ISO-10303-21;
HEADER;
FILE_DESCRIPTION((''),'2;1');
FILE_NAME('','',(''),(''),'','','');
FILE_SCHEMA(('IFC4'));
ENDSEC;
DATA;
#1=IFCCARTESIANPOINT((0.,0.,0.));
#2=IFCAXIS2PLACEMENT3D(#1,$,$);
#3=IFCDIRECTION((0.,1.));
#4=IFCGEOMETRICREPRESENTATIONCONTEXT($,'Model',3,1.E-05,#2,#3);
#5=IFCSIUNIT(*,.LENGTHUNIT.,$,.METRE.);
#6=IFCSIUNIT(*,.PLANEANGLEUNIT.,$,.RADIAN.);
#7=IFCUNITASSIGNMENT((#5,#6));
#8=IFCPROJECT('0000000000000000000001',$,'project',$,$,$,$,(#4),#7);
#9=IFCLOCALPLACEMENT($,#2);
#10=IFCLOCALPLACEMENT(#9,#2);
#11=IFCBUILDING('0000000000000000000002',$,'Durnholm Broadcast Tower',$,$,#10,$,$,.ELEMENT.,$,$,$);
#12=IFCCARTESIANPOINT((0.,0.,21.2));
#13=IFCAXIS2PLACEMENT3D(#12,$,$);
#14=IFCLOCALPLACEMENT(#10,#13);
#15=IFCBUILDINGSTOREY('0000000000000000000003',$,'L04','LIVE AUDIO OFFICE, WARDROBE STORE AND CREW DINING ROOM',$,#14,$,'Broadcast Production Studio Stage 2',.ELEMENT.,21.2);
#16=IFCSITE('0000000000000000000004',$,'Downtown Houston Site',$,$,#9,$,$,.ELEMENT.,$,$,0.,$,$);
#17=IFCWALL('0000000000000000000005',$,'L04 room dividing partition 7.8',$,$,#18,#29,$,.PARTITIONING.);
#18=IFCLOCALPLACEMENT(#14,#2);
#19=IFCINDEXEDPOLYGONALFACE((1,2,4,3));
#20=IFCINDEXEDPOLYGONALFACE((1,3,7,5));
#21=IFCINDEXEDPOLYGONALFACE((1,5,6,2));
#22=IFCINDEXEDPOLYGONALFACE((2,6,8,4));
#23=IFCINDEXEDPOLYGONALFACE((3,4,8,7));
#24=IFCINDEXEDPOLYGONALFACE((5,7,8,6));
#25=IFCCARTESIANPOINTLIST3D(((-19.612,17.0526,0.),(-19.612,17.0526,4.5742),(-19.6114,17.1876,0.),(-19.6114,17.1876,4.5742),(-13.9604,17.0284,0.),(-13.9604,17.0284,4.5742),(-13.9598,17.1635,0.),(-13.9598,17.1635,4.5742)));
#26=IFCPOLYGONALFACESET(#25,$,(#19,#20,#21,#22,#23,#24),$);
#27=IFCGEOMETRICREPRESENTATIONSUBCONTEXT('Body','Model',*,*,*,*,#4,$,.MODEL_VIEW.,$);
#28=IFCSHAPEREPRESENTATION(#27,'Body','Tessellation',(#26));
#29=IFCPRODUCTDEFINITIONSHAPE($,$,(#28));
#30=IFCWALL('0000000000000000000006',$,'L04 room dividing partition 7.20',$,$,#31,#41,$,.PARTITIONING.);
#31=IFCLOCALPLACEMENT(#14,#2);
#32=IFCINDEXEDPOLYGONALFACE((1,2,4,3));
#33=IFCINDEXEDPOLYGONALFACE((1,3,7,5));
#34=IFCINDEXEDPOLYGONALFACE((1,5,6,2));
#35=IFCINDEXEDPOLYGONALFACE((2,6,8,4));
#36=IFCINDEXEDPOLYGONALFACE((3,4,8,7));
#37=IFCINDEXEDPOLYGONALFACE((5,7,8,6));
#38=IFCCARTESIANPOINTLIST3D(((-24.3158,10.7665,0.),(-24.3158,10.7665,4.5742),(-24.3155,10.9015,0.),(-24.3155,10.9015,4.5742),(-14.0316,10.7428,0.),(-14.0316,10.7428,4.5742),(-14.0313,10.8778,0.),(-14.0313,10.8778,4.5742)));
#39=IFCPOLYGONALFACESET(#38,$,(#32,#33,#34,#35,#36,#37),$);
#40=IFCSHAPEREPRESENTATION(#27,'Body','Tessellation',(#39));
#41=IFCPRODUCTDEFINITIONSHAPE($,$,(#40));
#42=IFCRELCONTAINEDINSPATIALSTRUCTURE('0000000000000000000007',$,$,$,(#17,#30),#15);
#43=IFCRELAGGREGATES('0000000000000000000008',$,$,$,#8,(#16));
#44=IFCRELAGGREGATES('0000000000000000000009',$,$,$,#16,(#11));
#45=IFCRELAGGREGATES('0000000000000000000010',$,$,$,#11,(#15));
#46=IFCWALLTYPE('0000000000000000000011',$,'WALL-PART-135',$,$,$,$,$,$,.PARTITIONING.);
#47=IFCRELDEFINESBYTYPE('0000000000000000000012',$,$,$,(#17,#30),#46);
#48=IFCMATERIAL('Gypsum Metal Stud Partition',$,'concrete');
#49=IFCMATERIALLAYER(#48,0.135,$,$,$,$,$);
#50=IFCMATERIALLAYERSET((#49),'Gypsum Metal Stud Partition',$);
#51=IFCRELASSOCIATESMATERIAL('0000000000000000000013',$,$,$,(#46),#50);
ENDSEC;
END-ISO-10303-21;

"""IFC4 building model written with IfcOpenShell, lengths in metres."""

from ifc_helpers import new_model, si_unit, direction, frame, frame_2d, origin, place, context, subcontext, project, spatial, rectangle, extrude, material, layer, layer_set, type_object, element, save


model = new_model("IFC4")

# Units and contexts
model_context = context("Model", 3, precision=1e-05, world=origin(), true_north=direction((0.0, 1.0)))
body_context = subcontext(model_context, "Body", "Model", "MODEL_VIEW")
ifc_project = project(units=[si_unit("LENGTHUNIT", "METRE"), si_unit("PLANEANGLEUNIT", "RADIAN")], contexts=[model_context])

# Site, building, storey
site_placement = place(None, origin())
site = spatial("IfcSite", under=ifc_project, at=site_placement, Name="Downtown Houston Site", CompositionType="ELEMENT", RefElevation=0.0)
building_placement = place(site_placement, origin())
building = spatial("IfcBuilding", under=site, at=building_placement, Name="Durnholm Broadcast Tower", CompositionType="ELEMENT")
storey_placement = place(building_placement, frame((0.0, 0.0, 21.2)))
storey = spatial("IfcBuildingStorey", under=building, at=storey_placement, Name="L04", Description="LIVE AUDIO OFFICE, WARDROBE STORE AND CREW DINING ROOM", LongName="Broadcast Production Studio Stage 2", CompositionType="ELEMENT", Elevation=21.2)

# Walls
ifc_material_1 = material(Name="Gypsum Metal Stud Partition", Category="concrete")
ifc_layer_1 = layer(ifc_material_1, 0.135)
ifc_layer_set_1 = layer_set([ifc_layer_1], Name="Gypsum Metal Stud Partition")
wall_type_1 = type_object("IfcWallType", Name="WALL-PART-135", PredefinedType="PARTITIONING", material=ifc_layer_set_1)
wall_1_placement = place(storey_placement, frame((-19.6116, 17.1201, 0.0), z_axis=(0.0, 0.0, 1.0), x_axis=(0.999991, -0.004277, 0.0)))
element("IfcWall", 1, at=wall_1_placement, inside=storey, type_object=wall_type_1, Name="L04 room dividing partition 7.8", PredefinedType="PARTITIONING", context=body_context, shape_type="SweptSolid", body=[
    extrude(rectangle(XDim=5.6516, YDim=0.135, at=frame_2d((2.8257, 0.0))), origin(), (0.0, 0.0, 1.0), 4.5742),
])
wall_2_placement = place(storey_placement, frame((-14.0315, 10.8103, 0.0), z_axis=(0.0, 0.0, 1.0), x_axis=(-0.999997, 0.002303, 0.0)))
element("IfcWall", 2, at=wall_2_placement, inside=storey, type_object=wall_type_1, Name="L04 room dividing partition 7.20", PredefinedType="PARTITIONING", context=body_context, shape_type="SweptSolid", body=[
    extrude(rectangle(XDim=10.2842, YDim=0.135, at=frame_2d((5.1421, 0.0))), origin(), (0.0, 0.0, 1.0), 4.5742),
])

save(model, "model.ifc")
